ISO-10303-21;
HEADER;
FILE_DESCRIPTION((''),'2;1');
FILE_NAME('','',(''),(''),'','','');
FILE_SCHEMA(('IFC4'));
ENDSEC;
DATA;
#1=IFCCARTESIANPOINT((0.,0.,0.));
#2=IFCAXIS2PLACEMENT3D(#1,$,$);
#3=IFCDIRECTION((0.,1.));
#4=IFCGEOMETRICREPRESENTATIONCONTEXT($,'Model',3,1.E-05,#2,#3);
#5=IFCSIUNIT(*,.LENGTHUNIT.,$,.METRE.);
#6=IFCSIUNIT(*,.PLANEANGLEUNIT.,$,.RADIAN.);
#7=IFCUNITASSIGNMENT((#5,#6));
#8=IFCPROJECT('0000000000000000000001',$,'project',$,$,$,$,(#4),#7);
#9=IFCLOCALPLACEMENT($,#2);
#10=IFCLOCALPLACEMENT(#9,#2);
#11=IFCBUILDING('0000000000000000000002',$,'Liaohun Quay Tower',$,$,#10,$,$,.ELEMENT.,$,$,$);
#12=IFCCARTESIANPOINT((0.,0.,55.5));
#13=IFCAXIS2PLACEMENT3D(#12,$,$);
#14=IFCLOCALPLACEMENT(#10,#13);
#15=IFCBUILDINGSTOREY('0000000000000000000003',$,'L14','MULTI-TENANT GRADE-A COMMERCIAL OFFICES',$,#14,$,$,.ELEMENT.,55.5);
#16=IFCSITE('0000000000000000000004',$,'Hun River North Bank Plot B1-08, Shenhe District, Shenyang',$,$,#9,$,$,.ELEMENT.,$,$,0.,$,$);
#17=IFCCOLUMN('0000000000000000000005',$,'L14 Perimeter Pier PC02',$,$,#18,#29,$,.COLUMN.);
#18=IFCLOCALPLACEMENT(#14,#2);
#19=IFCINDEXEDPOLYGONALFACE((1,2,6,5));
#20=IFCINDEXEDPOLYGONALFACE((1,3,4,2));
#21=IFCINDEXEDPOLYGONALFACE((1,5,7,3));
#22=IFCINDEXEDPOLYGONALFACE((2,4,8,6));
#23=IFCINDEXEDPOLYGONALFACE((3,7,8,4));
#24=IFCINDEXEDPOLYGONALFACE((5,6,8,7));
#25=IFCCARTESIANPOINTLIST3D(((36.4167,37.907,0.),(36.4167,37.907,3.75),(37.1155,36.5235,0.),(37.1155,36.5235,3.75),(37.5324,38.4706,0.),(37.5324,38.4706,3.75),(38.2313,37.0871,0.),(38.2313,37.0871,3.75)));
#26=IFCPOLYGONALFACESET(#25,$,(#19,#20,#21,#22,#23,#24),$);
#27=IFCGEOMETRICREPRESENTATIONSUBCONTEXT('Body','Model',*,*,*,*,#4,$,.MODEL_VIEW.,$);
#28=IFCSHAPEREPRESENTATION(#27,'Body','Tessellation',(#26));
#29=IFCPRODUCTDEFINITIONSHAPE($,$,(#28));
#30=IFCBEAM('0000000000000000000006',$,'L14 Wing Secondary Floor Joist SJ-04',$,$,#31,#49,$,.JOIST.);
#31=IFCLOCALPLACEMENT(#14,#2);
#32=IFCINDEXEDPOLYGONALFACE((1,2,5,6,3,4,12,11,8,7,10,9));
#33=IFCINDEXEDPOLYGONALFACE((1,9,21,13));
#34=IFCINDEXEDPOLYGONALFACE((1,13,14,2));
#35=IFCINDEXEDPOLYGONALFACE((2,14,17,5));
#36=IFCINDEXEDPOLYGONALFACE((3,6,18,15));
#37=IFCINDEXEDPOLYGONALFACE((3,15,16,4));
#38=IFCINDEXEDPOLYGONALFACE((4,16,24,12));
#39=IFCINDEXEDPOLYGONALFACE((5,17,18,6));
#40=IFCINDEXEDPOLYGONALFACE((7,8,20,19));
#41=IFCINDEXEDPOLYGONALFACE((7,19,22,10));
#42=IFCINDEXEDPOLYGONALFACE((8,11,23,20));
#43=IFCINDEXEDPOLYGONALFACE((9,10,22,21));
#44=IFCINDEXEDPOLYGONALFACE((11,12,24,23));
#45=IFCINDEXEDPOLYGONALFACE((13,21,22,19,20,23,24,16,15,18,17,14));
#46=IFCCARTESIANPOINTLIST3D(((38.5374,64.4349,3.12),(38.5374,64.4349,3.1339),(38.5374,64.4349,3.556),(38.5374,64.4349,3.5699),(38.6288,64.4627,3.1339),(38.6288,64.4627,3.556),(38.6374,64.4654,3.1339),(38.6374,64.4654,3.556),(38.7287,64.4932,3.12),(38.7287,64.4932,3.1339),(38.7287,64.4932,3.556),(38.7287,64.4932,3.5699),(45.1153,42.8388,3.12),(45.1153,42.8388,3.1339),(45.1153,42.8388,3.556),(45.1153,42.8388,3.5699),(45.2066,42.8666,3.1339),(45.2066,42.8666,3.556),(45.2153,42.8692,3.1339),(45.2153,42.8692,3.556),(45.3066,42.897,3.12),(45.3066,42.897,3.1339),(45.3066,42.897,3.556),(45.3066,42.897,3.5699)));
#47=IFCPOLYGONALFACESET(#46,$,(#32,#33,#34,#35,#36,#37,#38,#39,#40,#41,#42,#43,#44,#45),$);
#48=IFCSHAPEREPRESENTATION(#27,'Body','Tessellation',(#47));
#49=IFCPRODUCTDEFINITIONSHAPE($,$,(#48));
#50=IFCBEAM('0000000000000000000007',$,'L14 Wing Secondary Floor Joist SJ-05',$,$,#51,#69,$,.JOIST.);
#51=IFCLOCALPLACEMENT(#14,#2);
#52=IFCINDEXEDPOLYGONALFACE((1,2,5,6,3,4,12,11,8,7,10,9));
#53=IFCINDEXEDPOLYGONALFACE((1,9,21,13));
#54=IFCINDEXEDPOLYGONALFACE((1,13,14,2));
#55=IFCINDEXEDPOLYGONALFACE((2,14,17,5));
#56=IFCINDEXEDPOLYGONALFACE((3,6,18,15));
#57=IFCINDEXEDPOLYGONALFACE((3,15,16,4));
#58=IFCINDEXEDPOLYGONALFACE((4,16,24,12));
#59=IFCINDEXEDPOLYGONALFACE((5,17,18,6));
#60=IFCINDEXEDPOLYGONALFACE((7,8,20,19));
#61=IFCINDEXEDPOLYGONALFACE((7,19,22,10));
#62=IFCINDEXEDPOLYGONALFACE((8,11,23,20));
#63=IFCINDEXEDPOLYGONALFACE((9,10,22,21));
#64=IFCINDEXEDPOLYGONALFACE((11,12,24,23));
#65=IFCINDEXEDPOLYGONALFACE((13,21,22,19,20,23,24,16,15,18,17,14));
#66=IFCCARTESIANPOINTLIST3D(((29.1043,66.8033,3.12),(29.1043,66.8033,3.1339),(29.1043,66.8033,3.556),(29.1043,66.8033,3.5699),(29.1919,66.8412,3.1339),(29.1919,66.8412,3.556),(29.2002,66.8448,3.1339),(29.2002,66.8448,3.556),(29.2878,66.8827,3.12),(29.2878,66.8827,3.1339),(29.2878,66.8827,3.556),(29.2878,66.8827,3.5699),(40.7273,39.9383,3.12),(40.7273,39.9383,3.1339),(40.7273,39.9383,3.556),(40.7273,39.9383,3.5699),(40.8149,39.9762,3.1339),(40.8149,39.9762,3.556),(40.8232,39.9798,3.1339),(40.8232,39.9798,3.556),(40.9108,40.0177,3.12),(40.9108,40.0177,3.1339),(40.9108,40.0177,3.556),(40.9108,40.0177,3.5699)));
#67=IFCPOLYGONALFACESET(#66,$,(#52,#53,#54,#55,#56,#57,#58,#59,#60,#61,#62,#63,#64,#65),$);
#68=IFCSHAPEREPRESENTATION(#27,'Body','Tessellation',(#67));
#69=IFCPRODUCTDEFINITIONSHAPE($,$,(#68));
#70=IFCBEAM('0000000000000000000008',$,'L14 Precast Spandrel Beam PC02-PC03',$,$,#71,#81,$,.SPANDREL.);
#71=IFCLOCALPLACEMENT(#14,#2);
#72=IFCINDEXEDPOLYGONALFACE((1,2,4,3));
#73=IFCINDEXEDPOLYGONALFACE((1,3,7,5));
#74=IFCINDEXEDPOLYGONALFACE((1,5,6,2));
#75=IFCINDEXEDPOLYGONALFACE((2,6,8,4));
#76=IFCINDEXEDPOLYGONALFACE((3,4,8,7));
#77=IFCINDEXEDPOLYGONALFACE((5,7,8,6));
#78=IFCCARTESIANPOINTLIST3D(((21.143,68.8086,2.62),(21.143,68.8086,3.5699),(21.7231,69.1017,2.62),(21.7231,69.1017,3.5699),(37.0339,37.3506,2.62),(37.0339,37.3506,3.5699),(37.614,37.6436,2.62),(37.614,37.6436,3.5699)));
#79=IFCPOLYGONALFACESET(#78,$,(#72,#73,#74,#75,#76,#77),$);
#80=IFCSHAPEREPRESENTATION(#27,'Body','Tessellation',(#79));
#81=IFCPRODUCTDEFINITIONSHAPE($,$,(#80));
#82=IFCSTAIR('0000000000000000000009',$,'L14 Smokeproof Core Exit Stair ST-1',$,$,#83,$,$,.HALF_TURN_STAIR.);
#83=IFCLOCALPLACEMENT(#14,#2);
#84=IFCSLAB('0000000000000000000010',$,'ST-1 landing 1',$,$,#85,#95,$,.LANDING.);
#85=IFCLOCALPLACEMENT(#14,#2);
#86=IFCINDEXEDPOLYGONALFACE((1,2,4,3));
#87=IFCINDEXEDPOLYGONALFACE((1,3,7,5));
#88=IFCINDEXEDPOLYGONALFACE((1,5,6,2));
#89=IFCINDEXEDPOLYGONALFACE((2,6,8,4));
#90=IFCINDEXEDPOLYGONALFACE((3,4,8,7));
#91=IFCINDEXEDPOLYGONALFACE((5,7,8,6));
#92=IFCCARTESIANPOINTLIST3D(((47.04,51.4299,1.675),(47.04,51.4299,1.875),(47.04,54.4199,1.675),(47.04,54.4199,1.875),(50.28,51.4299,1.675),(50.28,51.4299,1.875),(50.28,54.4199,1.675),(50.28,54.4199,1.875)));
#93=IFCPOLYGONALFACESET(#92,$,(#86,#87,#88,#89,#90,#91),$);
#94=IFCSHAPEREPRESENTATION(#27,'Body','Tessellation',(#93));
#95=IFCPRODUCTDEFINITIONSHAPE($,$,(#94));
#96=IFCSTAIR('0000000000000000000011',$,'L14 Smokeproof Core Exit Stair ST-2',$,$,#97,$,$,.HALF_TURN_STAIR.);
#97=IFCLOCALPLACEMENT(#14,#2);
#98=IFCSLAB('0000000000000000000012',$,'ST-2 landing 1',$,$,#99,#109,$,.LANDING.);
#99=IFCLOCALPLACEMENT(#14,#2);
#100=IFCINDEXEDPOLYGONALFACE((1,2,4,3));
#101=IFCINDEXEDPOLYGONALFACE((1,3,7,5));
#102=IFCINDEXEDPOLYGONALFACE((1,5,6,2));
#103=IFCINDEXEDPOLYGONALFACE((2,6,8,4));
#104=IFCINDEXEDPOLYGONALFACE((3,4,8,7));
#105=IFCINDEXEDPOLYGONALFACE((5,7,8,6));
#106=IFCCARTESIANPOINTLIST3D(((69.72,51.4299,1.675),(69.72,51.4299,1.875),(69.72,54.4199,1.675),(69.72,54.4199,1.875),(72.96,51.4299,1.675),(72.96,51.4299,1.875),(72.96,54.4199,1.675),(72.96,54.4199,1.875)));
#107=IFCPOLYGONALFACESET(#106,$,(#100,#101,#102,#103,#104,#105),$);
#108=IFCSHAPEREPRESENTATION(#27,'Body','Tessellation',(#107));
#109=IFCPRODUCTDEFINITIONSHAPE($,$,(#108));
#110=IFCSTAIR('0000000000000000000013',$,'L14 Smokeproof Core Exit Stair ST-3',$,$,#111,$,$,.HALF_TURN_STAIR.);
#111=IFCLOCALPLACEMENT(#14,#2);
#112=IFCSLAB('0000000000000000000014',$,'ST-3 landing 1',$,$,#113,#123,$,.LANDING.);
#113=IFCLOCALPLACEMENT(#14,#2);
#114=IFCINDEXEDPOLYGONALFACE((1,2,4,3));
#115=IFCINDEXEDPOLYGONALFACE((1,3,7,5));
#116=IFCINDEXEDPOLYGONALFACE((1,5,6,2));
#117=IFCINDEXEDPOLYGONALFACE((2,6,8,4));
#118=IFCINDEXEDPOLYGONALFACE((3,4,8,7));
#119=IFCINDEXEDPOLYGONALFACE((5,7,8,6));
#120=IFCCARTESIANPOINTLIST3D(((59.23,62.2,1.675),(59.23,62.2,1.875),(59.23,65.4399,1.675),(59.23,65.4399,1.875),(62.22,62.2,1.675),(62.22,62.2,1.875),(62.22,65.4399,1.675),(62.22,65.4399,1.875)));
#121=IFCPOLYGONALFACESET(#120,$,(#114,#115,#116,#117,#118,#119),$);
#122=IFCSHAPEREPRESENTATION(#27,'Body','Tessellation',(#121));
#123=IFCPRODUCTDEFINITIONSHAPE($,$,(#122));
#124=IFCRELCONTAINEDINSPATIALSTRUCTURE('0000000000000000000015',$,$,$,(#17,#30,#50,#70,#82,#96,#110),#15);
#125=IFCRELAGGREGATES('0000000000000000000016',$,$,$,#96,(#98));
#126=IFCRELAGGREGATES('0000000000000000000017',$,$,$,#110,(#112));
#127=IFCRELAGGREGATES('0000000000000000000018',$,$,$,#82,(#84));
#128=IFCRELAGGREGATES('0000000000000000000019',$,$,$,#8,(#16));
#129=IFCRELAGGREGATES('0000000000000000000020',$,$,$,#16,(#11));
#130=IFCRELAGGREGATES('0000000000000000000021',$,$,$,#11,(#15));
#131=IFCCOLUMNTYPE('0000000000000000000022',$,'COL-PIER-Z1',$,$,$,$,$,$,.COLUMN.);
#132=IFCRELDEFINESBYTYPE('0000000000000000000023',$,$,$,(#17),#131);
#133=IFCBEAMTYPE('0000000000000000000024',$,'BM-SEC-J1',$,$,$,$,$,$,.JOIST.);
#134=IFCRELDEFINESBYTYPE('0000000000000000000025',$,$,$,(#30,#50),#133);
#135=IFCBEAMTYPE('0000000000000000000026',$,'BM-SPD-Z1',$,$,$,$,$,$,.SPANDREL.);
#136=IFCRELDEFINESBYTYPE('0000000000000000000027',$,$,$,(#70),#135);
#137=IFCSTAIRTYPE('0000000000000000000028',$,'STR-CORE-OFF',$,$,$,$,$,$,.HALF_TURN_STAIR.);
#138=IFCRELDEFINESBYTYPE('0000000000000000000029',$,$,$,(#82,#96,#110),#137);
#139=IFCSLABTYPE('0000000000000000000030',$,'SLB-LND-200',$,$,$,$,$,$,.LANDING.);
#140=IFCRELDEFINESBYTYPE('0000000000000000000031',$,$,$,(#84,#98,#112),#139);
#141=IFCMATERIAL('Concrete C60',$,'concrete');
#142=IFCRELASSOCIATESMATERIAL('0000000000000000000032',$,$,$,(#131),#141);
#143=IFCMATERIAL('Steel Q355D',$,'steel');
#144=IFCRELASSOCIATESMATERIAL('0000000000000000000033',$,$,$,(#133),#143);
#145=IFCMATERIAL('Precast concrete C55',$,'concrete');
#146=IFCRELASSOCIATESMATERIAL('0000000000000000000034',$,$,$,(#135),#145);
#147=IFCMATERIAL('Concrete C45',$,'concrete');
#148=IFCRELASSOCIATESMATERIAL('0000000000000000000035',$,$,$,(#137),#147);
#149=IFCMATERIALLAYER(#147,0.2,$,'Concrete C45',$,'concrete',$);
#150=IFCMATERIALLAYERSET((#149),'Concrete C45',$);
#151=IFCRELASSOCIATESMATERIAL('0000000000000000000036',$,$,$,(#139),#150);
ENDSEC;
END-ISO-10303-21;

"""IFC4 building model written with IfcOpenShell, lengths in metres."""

from ifc_helpers import new_model, si_unit, direction, frame, origin, origin_2d, place, context, subcontext, project, spatial, polyline, rectangle, i_section, outline, extrude, source, transform, mapped, material, layer, layer_set, material_profile, profile_set, type_object, element, aggregate, save


model = new_model("IFC4")

# Units and contexts
model_context = context("Model", 3, precision=1e-05, world=origin(), true_north=direction((0.0, 1.0)))
body_context = subcontext(model_context, "Body", "Model", "MODEL_VIEW")
ifc_project = project(units=[si_unit("LENGTHUNIT", "METRE"), si_unit("PLANEANGLEUNIT", "RADIAN")], contexts=[model_context])

# Site, building, storey
site_placement = place(None, origin())
site = spatial("IfcSite", under=ifc_project, at=site_placement, Name="Hun River North Bank Plot B1-08, Shenhe District, Shenyang", CompositionType="ELEMENT", RefElevation=0.0)
building_placement = place(site_placement, origin())
building = spatial("IfcBuilding", under=site, at=building_placement, Name="Liaohun Quay Tower", CompositionType="ELEMENT")
storey_placement = place(building_placement, frame((0.0, 0.0, 55.5)))
storey = spatial("IfcBuildingStorey", under=building, at=storey_placement, Name="L14", Description="MULTI-TENANT GRADE-A COMMERCIAL OFFICES", CompositionType="ELEMENT", Elevation=55.5)

# Column
ifc_material_1 = material(Name="Concrete C60", Category="concrete")
ifc_material_profile_1 = material_profile(ifc_material_1, rectangle(XDim=1.55, YDim=1.25, at=origin_2d()), Name="RC1550x1250")
ifc_profile_set_1 = profile_set([ifc_material_profile_1], Name="Concrete C60")
column_type = type_object("IfcColumnType", Name="COL-PIER-Z1", PredefinedType="COLUMN", material=ifc_profile_set_1)
shared_shape_1 = source(origin(), body_context, "Body", "SweptSolid", [
    extrude(rectangle(XDim=1.55, YDim=1.25, at=origin_2d()), origin(), (0.0, 0.0, 1.0), 3.75),
])
column_placement = place(storey_placement, frame((37.324, 37.4971, 0.0), z_axis=(0.0, 0.0, 1.0), x_axis=(-0.450878, 0.892586, 0.0)))
element("IfcColumn", 1, at=column_placement, inside=storey, type_object=column_type, Name="L14 Perimeter Pier PC02", PredefinedType="COLUMN", context=body_context, shape_type="MappedRepresentation", body=[
    mapped(shared_shape_1, transform((0.0, 0.0, 0.0), x_axis=(1.0, 0.0, 0.0), y_axis=(0.0, 1.0, 0.0), z_axis=(0.0, 0.0, 1.0), scale=1.0)),
])

# Beams
ifc_material_2 = material(Name="Steel Q355D", Category="steel")
ifc_material_profile_2 = material_profile(ifc_material_2, i_section(OverallWidth=0.2, OverallDepth=0.45, WebThickness=0.009, FlangeThickness=0.0139, at=origin_2d()), Name="HN450x200x9x14")
ifc_profile_set_2 = profile_set([ifc_material_profile_2], Name="Steel Q355D")
beam_type_1 = type_object("IfcBeamType", Name="BM-SEC-J1", PredefinedType="JOIST", material=ifc_profile_set_2)
shared_shape_2 = source(origin(), body_context, "Body", "SweptSolid", [
    extrude(i_section(OverallWidth=0.2, OverallDepth=0.45, WebThickness=0.009, FlangeThickness=0.0139, at=origin_2d()), origin(), (0.0, 0.0, 1.0), 22.5757),
])
beam_1_placement = place(storey_placement, frame((45.2109, 42.8679, 3.345), z_axis=(-0.291369, 0.956611, 0.0), x_axis=(-0.956611, -0.291369, 0.0)))
element("IfcBeam", 2, at=beam_1_placement, inside=storey, type_object=beam_type_1, Name="L14 Wing Secondary Floor Joist SJ-04", PredefinedType="JOIST", context=body_context, shape_type="MappedRepresentation", body=[
    mapped(shared_shape_2, transform((0.0, 0.0, 0.0), x_axis=(1.0, 0.0, 0.0), y_axis=(0.0, 1.0, 0.0), z_axis=(0.0, 0.0, 1.0), scale=1.0)),
])
shared_shape_3 = source(origin(), body_context, "Body", "SweptSolid", [
    extrude(i_section(OverallWidth=0.2, OverallDepth=0.45, WebThickness=0.009, FlangeThickness=0.0139, at=origin_2d()), origin(), (0.0, 0.0, 1.0), 29.2715),
])
beam_2_placement = place(storey_placement, frame((40.8191, 39.978, 3.345), z_axis=(-0.397077, 0.917785, 0.0), x_axis=(-0.917785, -0.397077, 0.0)))
element("IfcBeam", 3, at=beam_2_placement, inside=storey, type_object=beam_type_1, Name="L14 Wing Secondary Floor Joist SJ-05", PredefinedType="JOIST", context=body_context, shape_type="MappedRepresentation", body=[
    mapped(shared_shape_3, transform((0.0, 0.0, 0.0), x_axis=(1.0, 0.0, 0.0), y_axis=(0.0, 1.0, 0.0), z_axis=(0.0, 0.0, 1.0), scale=1.0)),
])
ifc_material_3 = material(Name="Precast concrete C55", Category="concrete")
ifc_material_profile_3 = material_profile(ifc_material_3, rectangle(XDim=0.6499, YDim=0.95, at=origin_2d()), Name="RC650x950")
ifc_profile_set_3 = profile_set([ifc_material_profile_3], Name="Precast concrete C55")
beam_type_2 = type_object("IfcBeamType", Name="BM-SPD-Z1", PredefinedType="SPANDREL", material=ifc_profile_set_3)
shared_shape_4 = source(origin(), body_context, "Body", "SweptSolid", [
    extrude(rectangle(XDim=0.6499, YDim=0.95, at=origin_2d()), origin(), (0.0, 0.0, 1.0), 35.2439),
])
beam_3_placement = place(storey_placement, frame((37.324, 37.4971, 3.095), z_axis=(-0.450884, 0.892583, 0.0), x_axis=(-0.892583, -0.450884, 0.0)))
element("IfcBeam", 4, at=beam_3_placement, inside=storey, type_object=beam_type_2, Name="L14 Precast Spandrel Beam PC02-PC03", PredefinedType="SPANDREL", context=body_context, shape_type="MappedRepresentation", body=[
    mapped(shared_shape_4, transform((0.0, 0.0, 0.0), x_axis=(1.0, 0.0, 0.0), y_axis=(0.0, 1.0, 0.0), z_axis=(0.0, 0.0, 1.0), scale=1.0)),
])

# Stairs, slabs
ifc_material_4 = material(Name="Concrete C45", Category="concrete")
stair_type = type_object("IfcStairType", Name="STR-CORE-OFF", PredefinedType="HALF_TURN_STAIR", material=ifc_material_4)
stair_1_placement = place(storey_placement, origin())
stair_1 = element("IfcStair", 5, at=stair_1_placement, inside=storey, type_object=stair_type, Name="L14 Smokeproof Core Exit Stair ST-1", PredefinedType="HALF_TURN_STAIR")
ifc_layer_1 = layer(ifc_material_4, 0.2, Name="Concrete C45", Category="concrete")
ifc_layer_set_1 = layer_set([ifc_layer_1], Name="Concrete C45")
slab_type_1 = type_object("IfcSlabType", Name="SLB-LND-200", PredefinedType="LANDING", material=ifc_layer_set_1)
slab_1_placement = place(storey_placement, frame((0.0, 0.0, 1.675)))
slab_1 = element("IfcSlab", 6, at=slab_1_placement, type_object=slab_type_1, Name="ST-1 landing 1", PredefinedType="LANDING", context=body_context, shape_type="SweptSolid", body=[
    extrude(outline(polyline([(50.28, 51.4299), (50.28, 54.4199), (47.04, 54.4199), (47.04, 51.4299), (50.28, 51.4299)])), origin(), (0.0, 0.0, 1.0), 0.2),
])
stair_2_placement = place(storey_placement, origin())
stair_2 = element("IfcStair", 7, at=stair_2_placement, inside=storey, type_object=stair_type, Name="L14 Smokeproof Core Exit Stair ST-2", PredefinedType="HALF_TURN_STAIR")
slab_2_placement = place(storey_placement, frame((0.0, 0.0, 1.675)))
slab_2 = element("IfcSlab", 8, at=slab_2_placement, type_object=slab_type_1, Name="ST-2 landing 1", PredefinedType="LANDING", context=body_context, shape_type="SweptSolid", body=[
    extrude(outline(polyline([(72.96, 51.4299), (72.96, 54.4199), (69.72, 54.4199), (69.72, 51.4299), (72.96, 51.4299)])), origin(), (0.0, 0.0, 1.0), 0.2),
])
aggregate(stair_2, [slab_2])
stair_3_placement = place(storey_placement, origin())
stair_3 = element("IfcStair", 9, at=stair_3_placement, inside=storey, type_object=stair_type, Name="L14 Smokeproof Core Exit Stair ST-3", PredefinedType="HALF_TURN_STAIR")
slab_3_placement = place(storey_placement, frame((0.0, 0.0, 1.675)))
slab_3 = element("IfcSlab", 10, at=slab_3_placement, type_object=slab_type_1, Name="ST-3 landing 1", PredefinedType="LANDING", context=body_context, shape_type="SweptSolid", body=[
    extrude(outline(polyline([(59.23, 62.2), (62.22, 62.2), (62.22, 65.4399), (59.23, 65.4399), (59.23, 62.2)])), origin(), (0.0, 0.0, 1.0), 0.2),
])
aggregate(stair_3, [slab_3])

aggregate(stair_1, [slab_1])

save(model, "model.ifc")
